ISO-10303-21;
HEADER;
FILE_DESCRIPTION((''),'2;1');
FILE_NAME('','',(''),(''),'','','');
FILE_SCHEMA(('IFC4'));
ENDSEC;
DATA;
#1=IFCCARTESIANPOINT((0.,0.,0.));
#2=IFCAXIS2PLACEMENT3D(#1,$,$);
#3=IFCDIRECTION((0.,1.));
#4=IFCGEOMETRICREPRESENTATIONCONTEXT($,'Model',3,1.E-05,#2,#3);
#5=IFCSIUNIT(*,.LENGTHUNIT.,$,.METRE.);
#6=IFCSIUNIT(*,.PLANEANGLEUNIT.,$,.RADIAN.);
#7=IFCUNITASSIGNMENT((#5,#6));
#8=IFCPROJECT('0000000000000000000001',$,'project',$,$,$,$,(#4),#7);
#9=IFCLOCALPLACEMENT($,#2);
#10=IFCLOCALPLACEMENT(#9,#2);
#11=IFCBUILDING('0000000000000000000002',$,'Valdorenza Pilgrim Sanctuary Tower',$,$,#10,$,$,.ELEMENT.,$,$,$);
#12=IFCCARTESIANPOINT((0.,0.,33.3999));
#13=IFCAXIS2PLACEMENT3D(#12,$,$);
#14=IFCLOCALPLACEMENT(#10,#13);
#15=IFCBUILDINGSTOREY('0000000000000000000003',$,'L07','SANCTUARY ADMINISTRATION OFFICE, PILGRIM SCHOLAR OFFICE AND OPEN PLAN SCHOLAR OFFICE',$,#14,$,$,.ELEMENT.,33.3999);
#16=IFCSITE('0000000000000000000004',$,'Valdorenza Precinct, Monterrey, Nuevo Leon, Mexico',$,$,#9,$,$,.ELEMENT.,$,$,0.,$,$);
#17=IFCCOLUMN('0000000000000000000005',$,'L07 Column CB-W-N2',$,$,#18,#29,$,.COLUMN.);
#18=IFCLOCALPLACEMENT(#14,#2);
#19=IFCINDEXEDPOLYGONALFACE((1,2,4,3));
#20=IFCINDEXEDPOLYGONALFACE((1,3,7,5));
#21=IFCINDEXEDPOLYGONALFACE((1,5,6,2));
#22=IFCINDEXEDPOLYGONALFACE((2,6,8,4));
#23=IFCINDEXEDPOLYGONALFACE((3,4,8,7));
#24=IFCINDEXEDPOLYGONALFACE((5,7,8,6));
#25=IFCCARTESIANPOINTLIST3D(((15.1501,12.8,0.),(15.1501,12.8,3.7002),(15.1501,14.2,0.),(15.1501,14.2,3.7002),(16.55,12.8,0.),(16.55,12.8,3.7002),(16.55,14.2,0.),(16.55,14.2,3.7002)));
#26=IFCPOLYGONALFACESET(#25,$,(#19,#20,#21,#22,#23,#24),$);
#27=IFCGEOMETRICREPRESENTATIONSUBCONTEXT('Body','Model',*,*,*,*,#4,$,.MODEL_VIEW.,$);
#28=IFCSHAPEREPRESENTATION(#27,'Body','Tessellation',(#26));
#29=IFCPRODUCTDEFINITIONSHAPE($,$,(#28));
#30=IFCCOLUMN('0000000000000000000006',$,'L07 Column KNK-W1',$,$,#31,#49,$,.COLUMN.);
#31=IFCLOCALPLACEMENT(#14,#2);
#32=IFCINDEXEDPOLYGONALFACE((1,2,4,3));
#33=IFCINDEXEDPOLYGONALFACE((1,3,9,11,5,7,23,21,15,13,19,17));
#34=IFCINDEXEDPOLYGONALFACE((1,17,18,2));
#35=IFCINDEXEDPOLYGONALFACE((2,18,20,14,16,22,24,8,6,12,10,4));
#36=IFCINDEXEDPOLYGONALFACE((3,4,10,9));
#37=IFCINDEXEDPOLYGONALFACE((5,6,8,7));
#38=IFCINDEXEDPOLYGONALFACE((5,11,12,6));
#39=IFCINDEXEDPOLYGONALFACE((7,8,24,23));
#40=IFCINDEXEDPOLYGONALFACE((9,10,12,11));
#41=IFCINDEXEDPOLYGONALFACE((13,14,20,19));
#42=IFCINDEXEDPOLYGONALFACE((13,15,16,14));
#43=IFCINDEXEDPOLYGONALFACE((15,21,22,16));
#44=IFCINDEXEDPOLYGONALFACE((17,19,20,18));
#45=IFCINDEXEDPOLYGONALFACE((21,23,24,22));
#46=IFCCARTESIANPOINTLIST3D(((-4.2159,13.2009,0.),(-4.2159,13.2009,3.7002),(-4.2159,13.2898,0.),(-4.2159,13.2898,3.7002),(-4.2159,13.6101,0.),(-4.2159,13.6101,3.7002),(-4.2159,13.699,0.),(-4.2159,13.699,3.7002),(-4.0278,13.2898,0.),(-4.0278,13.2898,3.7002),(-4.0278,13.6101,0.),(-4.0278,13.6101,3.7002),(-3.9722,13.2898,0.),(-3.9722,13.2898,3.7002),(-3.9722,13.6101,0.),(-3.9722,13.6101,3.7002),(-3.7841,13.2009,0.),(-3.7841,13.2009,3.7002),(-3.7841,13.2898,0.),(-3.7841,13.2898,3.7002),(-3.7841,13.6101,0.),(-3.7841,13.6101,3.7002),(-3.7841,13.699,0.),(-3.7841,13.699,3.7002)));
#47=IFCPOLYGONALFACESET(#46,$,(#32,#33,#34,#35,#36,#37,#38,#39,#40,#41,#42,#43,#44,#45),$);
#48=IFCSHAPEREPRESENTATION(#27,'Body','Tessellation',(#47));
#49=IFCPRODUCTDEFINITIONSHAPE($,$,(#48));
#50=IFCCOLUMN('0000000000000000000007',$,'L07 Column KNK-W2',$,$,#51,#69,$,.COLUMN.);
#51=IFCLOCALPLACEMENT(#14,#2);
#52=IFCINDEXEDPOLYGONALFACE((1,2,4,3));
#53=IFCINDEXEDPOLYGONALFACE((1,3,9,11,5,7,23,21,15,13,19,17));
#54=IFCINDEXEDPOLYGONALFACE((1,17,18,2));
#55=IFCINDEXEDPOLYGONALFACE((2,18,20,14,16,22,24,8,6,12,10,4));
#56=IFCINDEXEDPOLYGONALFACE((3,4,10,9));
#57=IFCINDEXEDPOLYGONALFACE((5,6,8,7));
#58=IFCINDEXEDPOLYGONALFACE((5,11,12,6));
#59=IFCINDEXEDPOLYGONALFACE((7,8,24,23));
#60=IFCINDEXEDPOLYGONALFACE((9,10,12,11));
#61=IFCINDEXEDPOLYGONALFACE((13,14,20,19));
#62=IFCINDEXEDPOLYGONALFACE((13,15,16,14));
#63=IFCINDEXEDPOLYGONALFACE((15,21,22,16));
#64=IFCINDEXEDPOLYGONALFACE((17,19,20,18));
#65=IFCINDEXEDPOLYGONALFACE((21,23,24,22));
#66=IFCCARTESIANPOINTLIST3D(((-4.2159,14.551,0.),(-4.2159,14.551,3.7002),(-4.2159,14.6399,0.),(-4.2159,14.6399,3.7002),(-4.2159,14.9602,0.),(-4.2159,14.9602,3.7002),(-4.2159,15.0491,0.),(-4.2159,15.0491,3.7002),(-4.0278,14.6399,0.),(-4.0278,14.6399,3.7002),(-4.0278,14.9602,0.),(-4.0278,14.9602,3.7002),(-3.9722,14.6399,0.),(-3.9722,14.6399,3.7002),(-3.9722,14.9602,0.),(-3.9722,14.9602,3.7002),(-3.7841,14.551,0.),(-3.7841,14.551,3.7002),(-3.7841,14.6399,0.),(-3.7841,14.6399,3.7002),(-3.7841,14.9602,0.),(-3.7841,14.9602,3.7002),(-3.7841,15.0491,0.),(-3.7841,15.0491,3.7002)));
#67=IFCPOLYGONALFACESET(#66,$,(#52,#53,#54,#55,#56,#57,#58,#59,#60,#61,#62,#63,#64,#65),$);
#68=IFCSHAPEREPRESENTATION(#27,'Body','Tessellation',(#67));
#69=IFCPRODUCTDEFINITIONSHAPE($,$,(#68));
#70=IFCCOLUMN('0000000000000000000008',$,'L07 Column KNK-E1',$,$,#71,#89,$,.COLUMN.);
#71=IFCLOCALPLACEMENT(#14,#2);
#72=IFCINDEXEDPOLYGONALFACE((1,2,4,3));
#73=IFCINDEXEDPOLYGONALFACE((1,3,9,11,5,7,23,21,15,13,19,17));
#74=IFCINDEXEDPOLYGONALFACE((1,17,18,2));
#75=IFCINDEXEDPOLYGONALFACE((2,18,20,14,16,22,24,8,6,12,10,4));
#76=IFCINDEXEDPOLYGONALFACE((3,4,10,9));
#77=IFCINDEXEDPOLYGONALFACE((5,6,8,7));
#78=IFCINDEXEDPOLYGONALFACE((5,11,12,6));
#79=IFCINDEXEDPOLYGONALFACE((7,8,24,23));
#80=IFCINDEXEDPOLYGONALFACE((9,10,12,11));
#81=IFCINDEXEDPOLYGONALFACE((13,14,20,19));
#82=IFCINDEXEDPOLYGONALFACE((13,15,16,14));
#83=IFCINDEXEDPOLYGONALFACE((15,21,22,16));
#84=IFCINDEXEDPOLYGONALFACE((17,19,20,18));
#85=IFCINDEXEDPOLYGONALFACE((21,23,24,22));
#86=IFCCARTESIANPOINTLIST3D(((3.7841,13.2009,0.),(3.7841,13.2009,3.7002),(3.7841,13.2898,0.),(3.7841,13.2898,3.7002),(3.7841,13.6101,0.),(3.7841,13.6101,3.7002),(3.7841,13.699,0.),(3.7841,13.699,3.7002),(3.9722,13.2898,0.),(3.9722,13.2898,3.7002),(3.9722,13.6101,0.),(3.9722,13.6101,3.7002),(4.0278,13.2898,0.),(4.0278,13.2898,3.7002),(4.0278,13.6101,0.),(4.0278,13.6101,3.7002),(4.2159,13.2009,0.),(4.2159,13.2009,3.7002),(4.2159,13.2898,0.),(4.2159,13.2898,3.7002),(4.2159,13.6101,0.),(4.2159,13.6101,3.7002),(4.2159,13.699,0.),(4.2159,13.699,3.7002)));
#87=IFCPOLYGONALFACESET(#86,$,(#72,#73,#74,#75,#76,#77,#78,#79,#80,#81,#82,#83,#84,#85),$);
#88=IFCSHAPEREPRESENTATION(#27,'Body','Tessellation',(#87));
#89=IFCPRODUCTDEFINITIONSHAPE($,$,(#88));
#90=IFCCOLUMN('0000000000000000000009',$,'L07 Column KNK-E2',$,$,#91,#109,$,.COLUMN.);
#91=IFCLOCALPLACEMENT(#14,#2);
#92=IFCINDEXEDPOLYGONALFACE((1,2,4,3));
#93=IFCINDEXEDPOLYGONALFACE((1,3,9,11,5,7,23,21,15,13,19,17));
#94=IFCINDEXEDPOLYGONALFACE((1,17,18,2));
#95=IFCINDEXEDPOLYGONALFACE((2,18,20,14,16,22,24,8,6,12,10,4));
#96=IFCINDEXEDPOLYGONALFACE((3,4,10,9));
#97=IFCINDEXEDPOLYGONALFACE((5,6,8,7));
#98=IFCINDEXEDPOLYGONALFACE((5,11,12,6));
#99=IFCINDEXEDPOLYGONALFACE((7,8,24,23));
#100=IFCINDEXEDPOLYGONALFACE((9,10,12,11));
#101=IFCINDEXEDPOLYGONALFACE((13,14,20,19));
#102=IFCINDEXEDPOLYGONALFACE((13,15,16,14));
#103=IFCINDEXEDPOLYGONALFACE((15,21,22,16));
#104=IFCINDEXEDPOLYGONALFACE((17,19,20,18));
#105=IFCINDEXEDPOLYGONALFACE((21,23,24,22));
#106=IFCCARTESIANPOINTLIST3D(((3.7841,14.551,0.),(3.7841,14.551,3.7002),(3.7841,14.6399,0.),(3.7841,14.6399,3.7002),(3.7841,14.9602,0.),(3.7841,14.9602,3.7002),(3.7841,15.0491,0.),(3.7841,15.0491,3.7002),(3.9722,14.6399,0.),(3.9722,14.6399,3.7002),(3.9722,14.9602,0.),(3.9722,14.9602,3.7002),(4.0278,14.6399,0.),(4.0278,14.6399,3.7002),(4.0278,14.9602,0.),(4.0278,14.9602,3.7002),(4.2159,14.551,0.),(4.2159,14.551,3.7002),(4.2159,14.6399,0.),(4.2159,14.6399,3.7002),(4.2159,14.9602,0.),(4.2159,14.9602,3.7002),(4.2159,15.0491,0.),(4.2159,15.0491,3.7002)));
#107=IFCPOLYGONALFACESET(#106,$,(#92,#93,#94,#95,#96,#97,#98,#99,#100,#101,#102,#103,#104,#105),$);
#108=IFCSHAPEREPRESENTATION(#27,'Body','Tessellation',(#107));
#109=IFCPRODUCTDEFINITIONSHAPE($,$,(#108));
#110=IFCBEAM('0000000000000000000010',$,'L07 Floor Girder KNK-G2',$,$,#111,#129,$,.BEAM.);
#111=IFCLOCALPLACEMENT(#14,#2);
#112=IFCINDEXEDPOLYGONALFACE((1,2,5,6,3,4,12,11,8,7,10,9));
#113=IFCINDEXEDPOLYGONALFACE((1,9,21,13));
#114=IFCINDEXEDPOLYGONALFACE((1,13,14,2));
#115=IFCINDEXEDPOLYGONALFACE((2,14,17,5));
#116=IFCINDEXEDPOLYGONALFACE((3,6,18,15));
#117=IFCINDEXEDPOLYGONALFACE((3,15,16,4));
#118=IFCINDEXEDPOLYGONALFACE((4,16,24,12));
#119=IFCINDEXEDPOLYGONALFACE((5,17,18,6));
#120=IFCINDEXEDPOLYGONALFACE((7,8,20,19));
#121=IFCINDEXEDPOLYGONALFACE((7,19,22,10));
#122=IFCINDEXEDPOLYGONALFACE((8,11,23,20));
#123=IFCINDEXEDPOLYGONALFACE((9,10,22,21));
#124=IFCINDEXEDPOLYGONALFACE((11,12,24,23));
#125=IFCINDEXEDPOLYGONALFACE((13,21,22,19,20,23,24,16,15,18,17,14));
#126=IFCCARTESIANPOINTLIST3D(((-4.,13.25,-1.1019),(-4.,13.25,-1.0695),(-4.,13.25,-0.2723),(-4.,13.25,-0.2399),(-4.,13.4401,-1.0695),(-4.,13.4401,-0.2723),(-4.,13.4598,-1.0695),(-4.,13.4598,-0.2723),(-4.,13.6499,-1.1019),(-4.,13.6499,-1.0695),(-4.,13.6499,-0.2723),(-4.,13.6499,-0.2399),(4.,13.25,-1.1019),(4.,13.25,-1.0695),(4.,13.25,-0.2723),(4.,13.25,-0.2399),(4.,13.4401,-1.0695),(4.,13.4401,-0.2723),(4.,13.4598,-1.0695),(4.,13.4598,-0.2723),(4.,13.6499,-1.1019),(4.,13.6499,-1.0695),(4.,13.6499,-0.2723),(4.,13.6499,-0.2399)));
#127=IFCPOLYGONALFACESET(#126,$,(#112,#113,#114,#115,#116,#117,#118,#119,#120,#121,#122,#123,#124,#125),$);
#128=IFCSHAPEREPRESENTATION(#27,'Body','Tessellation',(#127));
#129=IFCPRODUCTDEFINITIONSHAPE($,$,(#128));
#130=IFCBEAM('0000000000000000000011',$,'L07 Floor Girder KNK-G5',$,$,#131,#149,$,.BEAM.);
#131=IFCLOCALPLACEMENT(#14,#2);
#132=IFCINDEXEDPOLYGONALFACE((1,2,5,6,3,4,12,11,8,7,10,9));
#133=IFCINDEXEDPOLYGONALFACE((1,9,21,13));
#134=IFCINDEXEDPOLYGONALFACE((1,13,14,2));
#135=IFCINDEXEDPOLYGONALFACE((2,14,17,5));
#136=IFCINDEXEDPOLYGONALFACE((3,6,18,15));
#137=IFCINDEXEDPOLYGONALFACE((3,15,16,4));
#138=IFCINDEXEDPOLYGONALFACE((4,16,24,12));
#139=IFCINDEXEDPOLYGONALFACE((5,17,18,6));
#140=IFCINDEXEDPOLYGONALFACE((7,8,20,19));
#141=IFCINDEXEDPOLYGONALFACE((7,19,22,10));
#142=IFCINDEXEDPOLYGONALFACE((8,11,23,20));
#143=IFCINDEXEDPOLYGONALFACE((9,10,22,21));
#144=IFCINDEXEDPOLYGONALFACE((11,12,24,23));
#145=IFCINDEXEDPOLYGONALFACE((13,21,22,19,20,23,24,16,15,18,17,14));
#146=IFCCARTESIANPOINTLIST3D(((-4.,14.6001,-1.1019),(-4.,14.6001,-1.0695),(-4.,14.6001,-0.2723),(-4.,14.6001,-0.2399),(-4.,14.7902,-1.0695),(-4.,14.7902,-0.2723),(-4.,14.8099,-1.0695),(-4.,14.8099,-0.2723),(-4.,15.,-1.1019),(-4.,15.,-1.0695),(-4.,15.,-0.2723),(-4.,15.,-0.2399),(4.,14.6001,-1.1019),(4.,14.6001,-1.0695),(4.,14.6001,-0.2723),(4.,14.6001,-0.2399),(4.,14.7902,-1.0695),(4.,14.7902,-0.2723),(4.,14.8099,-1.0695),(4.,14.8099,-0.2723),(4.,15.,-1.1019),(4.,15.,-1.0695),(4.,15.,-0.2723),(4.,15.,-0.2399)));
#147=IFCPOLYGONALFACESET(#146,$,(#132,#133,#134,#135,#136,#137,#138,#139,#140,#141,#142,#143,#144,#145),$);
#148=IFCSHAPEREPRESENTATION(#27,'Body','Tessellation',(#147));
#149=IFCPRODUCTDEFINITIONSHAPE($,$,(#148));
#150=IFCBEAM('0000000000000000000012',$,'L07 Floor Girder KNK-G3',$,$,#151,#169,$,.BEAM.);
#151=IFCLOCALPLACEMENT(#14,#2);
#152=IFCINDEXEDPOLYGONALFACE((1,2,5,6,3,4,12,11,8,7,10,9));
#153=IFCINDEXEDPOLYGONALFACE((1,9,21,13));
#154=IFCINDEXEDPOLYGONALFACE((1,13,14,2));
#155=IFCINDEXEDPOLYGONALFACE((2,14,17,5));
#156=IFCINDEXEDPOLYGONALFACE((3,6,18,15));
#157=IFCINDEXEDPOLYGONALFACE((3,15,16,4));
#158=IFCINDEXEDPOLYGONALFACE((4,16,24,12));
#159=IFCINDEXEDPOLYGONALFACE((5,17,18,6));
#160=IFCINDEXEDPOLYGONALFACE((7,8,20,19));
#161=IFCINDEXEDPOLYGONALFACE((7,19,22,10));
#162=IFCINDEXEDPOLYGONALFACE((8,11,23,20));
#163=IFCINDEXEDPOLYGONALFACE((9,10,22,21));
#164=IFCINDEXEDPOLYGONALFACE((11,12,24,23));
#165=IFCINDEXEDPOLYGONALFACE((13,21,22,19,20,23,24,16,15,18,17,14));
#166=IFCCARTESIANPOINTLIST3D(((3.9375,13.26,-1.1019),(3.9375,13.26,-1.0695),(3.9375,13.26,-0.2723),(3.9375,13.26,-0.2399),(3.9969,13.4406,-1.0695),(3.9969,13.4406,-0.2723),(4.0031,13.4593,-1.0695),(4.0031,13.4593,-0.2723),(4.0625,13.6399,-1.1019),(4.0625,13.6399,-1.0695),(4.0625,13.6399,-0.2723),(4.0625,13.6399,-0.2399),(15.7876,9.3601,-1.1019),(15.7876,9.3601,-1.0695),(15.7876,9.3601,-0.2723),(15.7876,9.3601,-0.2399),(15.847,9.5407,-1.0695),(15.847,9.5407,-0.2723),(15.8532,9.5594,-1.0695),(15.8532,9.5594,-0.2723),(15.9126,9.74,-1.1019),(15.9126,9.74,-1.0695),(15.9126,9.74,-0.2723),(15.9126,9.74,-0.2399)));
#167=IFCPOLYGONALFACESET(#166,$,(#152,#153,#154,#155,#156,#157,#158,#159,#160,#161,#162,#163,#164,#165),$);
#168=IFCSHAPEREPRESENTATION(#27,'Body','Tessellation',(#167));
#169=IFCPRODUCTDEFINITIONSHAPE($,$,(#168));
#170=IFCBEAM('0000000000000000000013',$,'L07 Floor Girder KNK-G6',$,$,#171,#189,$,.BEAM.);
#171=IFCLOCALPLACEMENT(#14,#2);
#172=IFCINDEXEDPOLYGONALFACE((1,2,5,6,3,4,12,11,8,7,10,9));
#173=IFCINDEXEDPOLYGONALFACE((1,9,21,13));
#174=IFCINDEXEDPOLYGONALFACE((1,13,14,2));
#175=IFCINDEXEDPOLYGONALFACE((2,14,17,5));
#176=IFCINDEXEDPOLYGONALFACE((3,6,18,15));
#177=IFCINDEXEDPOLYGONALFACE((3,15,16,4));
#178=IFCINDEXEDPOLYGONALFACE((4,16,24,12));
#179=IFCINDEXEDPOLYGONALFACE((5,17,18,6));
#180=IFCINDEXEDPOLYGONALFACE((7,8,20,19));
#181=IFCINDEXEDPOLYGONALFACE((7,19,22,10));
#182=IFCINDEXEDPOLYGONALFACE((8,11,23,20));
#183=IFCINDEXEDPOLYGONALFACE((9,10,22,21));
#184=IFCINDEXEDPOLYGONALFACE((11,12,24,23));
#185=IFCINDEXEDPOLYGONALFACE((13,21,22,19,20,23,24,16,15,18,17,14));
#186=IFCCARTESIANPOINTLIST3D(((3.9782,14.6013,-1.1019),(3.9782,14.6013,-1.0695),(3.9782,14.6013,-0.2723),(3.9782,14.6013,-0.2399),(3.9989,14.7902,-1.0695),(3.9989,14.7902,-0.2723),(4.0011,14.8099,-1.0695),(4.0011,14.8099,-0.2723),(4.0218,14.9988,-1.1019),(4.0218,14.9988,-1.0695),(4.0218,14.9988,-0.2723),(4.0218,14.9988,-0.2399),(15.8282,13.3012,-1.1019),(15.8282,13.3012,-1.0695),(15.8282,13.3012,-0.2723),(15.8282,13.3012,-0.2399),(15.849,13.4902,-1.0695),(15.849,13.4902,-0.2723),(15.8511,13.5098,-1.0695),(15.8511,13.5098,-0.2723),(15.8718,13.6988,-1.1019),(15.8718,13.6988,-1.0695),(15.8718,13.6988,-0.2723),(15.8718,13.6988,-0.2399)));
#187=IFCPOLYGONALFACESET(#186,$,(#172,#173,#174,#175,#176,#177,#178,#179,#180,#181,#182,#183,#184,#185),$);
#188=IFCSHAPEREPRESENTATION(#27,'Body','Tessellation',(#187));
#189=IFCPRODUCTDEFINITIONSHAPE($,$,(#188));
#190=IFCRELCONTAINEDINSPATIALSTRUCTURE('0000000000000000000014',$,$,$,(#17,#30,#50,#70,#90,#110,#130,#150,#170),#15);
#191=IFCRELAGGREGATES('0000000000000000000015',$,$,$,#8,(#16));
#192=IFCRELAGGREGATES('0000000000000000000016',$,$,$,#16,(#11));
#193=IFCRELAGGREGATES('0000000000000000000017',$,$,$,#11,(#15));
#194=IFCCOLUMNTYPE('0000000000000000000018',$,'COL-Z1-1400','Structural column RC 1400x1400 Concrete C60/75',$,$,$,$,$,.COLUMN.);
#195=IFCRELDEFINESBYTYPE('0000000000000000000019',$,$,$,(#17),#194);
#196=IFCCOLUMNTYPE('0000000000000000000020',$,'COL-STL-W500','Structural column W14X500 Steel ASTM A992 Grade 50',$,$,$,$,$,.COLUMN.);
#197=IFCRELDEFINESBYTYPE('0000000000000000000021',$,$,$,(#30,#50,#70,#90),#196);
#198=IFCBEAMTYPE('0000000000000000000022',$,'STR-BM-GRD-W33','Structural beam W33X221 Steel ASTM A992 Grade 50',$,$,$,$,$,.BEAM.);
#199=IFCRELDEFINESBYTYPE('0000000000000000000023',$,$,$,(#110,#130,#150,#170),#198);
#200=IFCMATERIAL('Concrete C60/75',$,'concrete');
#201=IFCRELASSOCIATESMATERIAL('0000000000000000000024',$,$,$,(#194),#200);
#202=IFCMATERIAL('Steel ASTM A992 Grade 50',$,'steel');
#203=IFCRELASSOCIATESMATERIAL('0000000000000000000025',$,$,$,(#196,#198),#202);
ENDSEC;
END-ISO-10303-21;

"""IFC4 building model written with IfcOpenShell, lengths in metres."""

from ifc_helpers import new_model, si_unit, direction, frame, origin, origin_2d, place, context, subcontext, project, spatial, rectangle, i_section, extrude, source, transform, mapped, material, material_profile, profile_set, type_object, element, save


model = new_model("IFC4")

# Units and contexts
model_context = context("Model", 3, precision=1e-05, world=origin(), true_north=direction((0.0, 1.0)))
body_context = subcontext(model_context, "Body", "Model", "MODEL_VIEW")
ifc_project = project(units=[si_unit("LENGTHUNIT", "METRE"), si_unit("PLANEANGLEUNIT", "RADIAN")], contexts=[model_context])

# Site, building, storey
site_placement = place(None, origin())
site = spatial("IfcSite", under=ifc_project, at=site_placement, Name="Valdorenza Precinct, Monterrey, Nuevo Leon, Mexico", CompositionType="ELEMENT", RefElevation=0.0)
building_placement = place(site_placement, origin())
building = spatial("IfcBuilding", under=site, at=building_placement, Name="Valdorenza Pilgrim Sanctuary Tower", CompositionType="ELEMENT")
storey_placement = place(building_placement, frame((0.0, 0.0, 33.3999)))
storey = spatial("IfcBuildingStorey", under=building, at=storey_placement, Name="L07", Description="SANCTUARY ADMINISTRATION OFFICE, PILGRIM SCHOLAR OFFICE AND OPEN PLAN SCHOLAR OFFICE", CompositionType="ELEMENT", Elevation=33.3999)

# Columns
ifc_material_1 = material(Name="Concrete C60/75", Category="concrete")
ifc_material_profile_1 = material_profile(ifc_material_1, rectangle(XDim=1.3999, YDim=1.3999, at=origin_2d()), Name="RC 1400x1400")
ifc_profile_set_1 = profile_set([ifc_material_profile_1], Name="Concrete C60/75")
column_type_1 = type_object("IfcColumnType", Name="COL-Z1-1400", Description="Structural column RC 1400x1400 Concrete C60/75", PredefinedType="COLUMN", material=ifc_profile_set_1)
shared_shape_1 = source(origin(), body_context, "Body", "SweptSolid", [
    extrude(rectangle(XDim=1.3999, YDim=1.3999, at=origin_2d()), origin(), (0.0, 0.0, 1.0), 3.7002),
])
column_placement = place(storey_placement, frame((15.8501, 13.5, 0.0), z_axis=(0.0, 0.0, 1.0), x_axis=(1.0, 0.0, 0.0)))
element("IfcColumn", 1, at=column_placement, inside=storey, type_object=column_type_1, Name="L07 Column CB-W-N2", PredefinedType="COLUMN", context=body_context, shape_type="MappedRepresentation", body=[
    mapped(shared_shape_1, transform((0.0, 0.0, 0.0), x_axis=(1.0, 0.0, 0.0), y_axis=(0.0, 1.0, 0.0), z_axis=(0.0, 0.0, 1.0), scale=1.0)),
])
ifc_material_2 = material(Name="Steel ASTM A992 Grade 50", Category="steel")
ifc_material_profile_2 = material_profile(ifc_material_2, i_section(OverallWidth=0.4319, OverallDepth=0.498, WebThickness=0.0557, FlangeThickness=0.0889, at=origin_2d()), Name="W14X500")
ifc_profile_set_2 = profile_set([ifc_material_profile_2], Name="Steel ASTM A992 Grade 50")
column_type_2 = type_object("IfcColumnType", Name="COL-STL-W500", Description="Structural column W14X500 Steel ASTM A992 Grade 50", PredefinedType="COLUMN", material=ifc_profile_set_2)
shared_shape_2 = source(origin(), body_context, "Body", "SweptSolid", [
    extrude(i_section(OverallWidth=0.4319, OverallDepth=0.498, WebThickness=0.0557, FlangeThickness=0.0889, at=origin_2d()), origin(), (0.0, 0.0, 1.0), 3.7002),
])
for number, where, z_axis, x_axis, name in (
    (2, (-4.0, 13.45, 0.0), (0.0, 0.0, 1.0), (1.0, 0.0, 0.0), "L07 Column KNK-W1"),
    (3, (-4.0, 14.8, 0.0), (0.0, 0.0, 1.0), (1.0, 0.0, 0.0), "L07 Column KNK-W2"),
    (4, (4.0, 13.45, 0.0), (0.0, 0.0, 1.0), (1.0, 0.0, 0.0), "L07 Column KNK-E1"),
    (5, (4.0, 14.8, 0.0), (0.0, 0.0, 1.0), (1.0, 0.0, 0.0), "L07 Column KNK-E2"),
):
    element("IfcColumn", number, at=place(storey_placement, frame(where, z_axis=z_axis, x_axis=x_axis)), inside=storey, type_object=column_type_2, Name=name, PredefinedType="COLUMN", context=body_context, shape_type="MappedRepresentation", body=[
        mapped(shared_shape_2, transform((0.0, 0.0, 0.0), x_axis=(1.0, 0.0, 0.0), y_axis=(0.0, 1.0, 0.0), z_axis=(0.0, 0.0, 1.0), scale=1.0)),
    ])

# Beams
ifc_material_profile_3 = material_profile(ifc_material_2, i_section(OverallWidth=0.3999, OverallDepth=0.8621, WebThickness=0.0198, FlangeThickness=0.0325, at=origin_2d()), Name="W33X221")
ifc_profile_set_3 = profile_set([ifc_material_profile_3], Name="Steel ASTM A992 Grade 50")
beam_type_1 = type_object("IfcBeamType", Name="STR-BM-GRD-W33", Description="Structural beam W33X221 Steel ASTM A992 Grade 50", PredefinedType="BEAM", material=ifc_profile_set_3)
shared_shape_3 = source(origin(), body_context, "Body", "SweptSolid", [
    extrude(i_section(OverallWidth=0.3999, OverallDepth=0.8621, WebThickness=0.0198, FlangeThickness=0.0325, at=origin_2d()), origin(), (0.0, 0.0, 1.0), 8.0),
])
for number, where, z_axis, x_axis, name in (
    (6, (-4.0, 13.45, -0.6709), (1.0, 0.0, 0.0), (0.0, 1.0, 0.0), "L07 Floor Girder KNK-G2"),
    (7, (-4.0, 14.8, -0.6709), (1.0, 0.0, 0.0), (0.0, 1.0, 0.0), "L07 Floor Girder KNK-G5"),
):
    element("IfcBeam", number, at=place(storey_placement, frame(where, z_axis=z_axis, x_axis=x_axis)), inside=storey, type_object=beam_type_1, Name=name, PredefinedType="BEAM", context=body_context, shape_type="MappedRepresentation", body=[
        mapped(shared_shape_3, transform((0.0, 0.0, 0.0), x_axis=(1.0, 0.0, 0.0), y_axis=(0.0, 1.0, 0.0), z_axis=(0.0, 0.0, 1.0), scale=1.0)),
    ])
shared_shape_4 = source(origin(), body_context, "Body", "SweptSolid", [
    extrude(i_section(OverallWidth=0.3999, OverallDepth=0.8621, WebThickness=0.0198, FlangeThickness=0.0325, at=origin_2d()), origin(), (0.0, 0.0, 1.0), 12.4753),
])
beam_1_placement = place(storey_placement, frame((4.0, 13.45, -0.6709), z_axis=(0.949882, -0.312609, 0.0), x_axis=(0.312609, 0.949882, 0.0)))
element("IfcBeam", 8, at=beam_1_placement, inside=storey, type_object=beam_type_1, Name="L07 Floor Girder KNK-G3", PredefinedType="BEAM", context=body_context, shape_type="MappedRepresentation", body=[
    mapped(shared_shape_4, transform((0.0, 0.0, 0.0), x_axis=(1.0, 0.0, 0.0), y_axis=(0.0, 1.0, 0.0), z_axis=(0.0, 0.0, 1.0), scale=1.0)),
])
shared_shape_5 = source(origin(), body_context, "Body", "SweptSolid", [
    extrude(i_section(OverallWidth=0.3999, OverallDepth=0.8621, WebThickness=0.0198, FlangeThickness=0.0325, at=origin_2d()), origin(), (0.0, 0.0, 1.0), 11.9211),
])
beam_2_placement = place(storey_placement, frame((4.0, 14.8, -0.6709), z_axis=(0.994036, -0.109054, 0.0), x_axis=(0.109054, 0.994036, 0.0)))
element("IfcBeam", 9, at=beam_2_placement, inside=storey, type_object=beam_type_1, Name="L07 Floor Girder KNK-G6", PredefinedType="BEAM", context=body_context, shape_type="MappedRepresentation", body=[
    mapped(shared_shape_5, transform((0.0, 0.0, 0.0), x_axis=(1.0, 0.0, 0.0), y_axis=(0.0, 1.0, 0.0), z_axis=(0.0, 0.0, 1.0), scale=1.0)),
])

save(model, "model.ifc")
